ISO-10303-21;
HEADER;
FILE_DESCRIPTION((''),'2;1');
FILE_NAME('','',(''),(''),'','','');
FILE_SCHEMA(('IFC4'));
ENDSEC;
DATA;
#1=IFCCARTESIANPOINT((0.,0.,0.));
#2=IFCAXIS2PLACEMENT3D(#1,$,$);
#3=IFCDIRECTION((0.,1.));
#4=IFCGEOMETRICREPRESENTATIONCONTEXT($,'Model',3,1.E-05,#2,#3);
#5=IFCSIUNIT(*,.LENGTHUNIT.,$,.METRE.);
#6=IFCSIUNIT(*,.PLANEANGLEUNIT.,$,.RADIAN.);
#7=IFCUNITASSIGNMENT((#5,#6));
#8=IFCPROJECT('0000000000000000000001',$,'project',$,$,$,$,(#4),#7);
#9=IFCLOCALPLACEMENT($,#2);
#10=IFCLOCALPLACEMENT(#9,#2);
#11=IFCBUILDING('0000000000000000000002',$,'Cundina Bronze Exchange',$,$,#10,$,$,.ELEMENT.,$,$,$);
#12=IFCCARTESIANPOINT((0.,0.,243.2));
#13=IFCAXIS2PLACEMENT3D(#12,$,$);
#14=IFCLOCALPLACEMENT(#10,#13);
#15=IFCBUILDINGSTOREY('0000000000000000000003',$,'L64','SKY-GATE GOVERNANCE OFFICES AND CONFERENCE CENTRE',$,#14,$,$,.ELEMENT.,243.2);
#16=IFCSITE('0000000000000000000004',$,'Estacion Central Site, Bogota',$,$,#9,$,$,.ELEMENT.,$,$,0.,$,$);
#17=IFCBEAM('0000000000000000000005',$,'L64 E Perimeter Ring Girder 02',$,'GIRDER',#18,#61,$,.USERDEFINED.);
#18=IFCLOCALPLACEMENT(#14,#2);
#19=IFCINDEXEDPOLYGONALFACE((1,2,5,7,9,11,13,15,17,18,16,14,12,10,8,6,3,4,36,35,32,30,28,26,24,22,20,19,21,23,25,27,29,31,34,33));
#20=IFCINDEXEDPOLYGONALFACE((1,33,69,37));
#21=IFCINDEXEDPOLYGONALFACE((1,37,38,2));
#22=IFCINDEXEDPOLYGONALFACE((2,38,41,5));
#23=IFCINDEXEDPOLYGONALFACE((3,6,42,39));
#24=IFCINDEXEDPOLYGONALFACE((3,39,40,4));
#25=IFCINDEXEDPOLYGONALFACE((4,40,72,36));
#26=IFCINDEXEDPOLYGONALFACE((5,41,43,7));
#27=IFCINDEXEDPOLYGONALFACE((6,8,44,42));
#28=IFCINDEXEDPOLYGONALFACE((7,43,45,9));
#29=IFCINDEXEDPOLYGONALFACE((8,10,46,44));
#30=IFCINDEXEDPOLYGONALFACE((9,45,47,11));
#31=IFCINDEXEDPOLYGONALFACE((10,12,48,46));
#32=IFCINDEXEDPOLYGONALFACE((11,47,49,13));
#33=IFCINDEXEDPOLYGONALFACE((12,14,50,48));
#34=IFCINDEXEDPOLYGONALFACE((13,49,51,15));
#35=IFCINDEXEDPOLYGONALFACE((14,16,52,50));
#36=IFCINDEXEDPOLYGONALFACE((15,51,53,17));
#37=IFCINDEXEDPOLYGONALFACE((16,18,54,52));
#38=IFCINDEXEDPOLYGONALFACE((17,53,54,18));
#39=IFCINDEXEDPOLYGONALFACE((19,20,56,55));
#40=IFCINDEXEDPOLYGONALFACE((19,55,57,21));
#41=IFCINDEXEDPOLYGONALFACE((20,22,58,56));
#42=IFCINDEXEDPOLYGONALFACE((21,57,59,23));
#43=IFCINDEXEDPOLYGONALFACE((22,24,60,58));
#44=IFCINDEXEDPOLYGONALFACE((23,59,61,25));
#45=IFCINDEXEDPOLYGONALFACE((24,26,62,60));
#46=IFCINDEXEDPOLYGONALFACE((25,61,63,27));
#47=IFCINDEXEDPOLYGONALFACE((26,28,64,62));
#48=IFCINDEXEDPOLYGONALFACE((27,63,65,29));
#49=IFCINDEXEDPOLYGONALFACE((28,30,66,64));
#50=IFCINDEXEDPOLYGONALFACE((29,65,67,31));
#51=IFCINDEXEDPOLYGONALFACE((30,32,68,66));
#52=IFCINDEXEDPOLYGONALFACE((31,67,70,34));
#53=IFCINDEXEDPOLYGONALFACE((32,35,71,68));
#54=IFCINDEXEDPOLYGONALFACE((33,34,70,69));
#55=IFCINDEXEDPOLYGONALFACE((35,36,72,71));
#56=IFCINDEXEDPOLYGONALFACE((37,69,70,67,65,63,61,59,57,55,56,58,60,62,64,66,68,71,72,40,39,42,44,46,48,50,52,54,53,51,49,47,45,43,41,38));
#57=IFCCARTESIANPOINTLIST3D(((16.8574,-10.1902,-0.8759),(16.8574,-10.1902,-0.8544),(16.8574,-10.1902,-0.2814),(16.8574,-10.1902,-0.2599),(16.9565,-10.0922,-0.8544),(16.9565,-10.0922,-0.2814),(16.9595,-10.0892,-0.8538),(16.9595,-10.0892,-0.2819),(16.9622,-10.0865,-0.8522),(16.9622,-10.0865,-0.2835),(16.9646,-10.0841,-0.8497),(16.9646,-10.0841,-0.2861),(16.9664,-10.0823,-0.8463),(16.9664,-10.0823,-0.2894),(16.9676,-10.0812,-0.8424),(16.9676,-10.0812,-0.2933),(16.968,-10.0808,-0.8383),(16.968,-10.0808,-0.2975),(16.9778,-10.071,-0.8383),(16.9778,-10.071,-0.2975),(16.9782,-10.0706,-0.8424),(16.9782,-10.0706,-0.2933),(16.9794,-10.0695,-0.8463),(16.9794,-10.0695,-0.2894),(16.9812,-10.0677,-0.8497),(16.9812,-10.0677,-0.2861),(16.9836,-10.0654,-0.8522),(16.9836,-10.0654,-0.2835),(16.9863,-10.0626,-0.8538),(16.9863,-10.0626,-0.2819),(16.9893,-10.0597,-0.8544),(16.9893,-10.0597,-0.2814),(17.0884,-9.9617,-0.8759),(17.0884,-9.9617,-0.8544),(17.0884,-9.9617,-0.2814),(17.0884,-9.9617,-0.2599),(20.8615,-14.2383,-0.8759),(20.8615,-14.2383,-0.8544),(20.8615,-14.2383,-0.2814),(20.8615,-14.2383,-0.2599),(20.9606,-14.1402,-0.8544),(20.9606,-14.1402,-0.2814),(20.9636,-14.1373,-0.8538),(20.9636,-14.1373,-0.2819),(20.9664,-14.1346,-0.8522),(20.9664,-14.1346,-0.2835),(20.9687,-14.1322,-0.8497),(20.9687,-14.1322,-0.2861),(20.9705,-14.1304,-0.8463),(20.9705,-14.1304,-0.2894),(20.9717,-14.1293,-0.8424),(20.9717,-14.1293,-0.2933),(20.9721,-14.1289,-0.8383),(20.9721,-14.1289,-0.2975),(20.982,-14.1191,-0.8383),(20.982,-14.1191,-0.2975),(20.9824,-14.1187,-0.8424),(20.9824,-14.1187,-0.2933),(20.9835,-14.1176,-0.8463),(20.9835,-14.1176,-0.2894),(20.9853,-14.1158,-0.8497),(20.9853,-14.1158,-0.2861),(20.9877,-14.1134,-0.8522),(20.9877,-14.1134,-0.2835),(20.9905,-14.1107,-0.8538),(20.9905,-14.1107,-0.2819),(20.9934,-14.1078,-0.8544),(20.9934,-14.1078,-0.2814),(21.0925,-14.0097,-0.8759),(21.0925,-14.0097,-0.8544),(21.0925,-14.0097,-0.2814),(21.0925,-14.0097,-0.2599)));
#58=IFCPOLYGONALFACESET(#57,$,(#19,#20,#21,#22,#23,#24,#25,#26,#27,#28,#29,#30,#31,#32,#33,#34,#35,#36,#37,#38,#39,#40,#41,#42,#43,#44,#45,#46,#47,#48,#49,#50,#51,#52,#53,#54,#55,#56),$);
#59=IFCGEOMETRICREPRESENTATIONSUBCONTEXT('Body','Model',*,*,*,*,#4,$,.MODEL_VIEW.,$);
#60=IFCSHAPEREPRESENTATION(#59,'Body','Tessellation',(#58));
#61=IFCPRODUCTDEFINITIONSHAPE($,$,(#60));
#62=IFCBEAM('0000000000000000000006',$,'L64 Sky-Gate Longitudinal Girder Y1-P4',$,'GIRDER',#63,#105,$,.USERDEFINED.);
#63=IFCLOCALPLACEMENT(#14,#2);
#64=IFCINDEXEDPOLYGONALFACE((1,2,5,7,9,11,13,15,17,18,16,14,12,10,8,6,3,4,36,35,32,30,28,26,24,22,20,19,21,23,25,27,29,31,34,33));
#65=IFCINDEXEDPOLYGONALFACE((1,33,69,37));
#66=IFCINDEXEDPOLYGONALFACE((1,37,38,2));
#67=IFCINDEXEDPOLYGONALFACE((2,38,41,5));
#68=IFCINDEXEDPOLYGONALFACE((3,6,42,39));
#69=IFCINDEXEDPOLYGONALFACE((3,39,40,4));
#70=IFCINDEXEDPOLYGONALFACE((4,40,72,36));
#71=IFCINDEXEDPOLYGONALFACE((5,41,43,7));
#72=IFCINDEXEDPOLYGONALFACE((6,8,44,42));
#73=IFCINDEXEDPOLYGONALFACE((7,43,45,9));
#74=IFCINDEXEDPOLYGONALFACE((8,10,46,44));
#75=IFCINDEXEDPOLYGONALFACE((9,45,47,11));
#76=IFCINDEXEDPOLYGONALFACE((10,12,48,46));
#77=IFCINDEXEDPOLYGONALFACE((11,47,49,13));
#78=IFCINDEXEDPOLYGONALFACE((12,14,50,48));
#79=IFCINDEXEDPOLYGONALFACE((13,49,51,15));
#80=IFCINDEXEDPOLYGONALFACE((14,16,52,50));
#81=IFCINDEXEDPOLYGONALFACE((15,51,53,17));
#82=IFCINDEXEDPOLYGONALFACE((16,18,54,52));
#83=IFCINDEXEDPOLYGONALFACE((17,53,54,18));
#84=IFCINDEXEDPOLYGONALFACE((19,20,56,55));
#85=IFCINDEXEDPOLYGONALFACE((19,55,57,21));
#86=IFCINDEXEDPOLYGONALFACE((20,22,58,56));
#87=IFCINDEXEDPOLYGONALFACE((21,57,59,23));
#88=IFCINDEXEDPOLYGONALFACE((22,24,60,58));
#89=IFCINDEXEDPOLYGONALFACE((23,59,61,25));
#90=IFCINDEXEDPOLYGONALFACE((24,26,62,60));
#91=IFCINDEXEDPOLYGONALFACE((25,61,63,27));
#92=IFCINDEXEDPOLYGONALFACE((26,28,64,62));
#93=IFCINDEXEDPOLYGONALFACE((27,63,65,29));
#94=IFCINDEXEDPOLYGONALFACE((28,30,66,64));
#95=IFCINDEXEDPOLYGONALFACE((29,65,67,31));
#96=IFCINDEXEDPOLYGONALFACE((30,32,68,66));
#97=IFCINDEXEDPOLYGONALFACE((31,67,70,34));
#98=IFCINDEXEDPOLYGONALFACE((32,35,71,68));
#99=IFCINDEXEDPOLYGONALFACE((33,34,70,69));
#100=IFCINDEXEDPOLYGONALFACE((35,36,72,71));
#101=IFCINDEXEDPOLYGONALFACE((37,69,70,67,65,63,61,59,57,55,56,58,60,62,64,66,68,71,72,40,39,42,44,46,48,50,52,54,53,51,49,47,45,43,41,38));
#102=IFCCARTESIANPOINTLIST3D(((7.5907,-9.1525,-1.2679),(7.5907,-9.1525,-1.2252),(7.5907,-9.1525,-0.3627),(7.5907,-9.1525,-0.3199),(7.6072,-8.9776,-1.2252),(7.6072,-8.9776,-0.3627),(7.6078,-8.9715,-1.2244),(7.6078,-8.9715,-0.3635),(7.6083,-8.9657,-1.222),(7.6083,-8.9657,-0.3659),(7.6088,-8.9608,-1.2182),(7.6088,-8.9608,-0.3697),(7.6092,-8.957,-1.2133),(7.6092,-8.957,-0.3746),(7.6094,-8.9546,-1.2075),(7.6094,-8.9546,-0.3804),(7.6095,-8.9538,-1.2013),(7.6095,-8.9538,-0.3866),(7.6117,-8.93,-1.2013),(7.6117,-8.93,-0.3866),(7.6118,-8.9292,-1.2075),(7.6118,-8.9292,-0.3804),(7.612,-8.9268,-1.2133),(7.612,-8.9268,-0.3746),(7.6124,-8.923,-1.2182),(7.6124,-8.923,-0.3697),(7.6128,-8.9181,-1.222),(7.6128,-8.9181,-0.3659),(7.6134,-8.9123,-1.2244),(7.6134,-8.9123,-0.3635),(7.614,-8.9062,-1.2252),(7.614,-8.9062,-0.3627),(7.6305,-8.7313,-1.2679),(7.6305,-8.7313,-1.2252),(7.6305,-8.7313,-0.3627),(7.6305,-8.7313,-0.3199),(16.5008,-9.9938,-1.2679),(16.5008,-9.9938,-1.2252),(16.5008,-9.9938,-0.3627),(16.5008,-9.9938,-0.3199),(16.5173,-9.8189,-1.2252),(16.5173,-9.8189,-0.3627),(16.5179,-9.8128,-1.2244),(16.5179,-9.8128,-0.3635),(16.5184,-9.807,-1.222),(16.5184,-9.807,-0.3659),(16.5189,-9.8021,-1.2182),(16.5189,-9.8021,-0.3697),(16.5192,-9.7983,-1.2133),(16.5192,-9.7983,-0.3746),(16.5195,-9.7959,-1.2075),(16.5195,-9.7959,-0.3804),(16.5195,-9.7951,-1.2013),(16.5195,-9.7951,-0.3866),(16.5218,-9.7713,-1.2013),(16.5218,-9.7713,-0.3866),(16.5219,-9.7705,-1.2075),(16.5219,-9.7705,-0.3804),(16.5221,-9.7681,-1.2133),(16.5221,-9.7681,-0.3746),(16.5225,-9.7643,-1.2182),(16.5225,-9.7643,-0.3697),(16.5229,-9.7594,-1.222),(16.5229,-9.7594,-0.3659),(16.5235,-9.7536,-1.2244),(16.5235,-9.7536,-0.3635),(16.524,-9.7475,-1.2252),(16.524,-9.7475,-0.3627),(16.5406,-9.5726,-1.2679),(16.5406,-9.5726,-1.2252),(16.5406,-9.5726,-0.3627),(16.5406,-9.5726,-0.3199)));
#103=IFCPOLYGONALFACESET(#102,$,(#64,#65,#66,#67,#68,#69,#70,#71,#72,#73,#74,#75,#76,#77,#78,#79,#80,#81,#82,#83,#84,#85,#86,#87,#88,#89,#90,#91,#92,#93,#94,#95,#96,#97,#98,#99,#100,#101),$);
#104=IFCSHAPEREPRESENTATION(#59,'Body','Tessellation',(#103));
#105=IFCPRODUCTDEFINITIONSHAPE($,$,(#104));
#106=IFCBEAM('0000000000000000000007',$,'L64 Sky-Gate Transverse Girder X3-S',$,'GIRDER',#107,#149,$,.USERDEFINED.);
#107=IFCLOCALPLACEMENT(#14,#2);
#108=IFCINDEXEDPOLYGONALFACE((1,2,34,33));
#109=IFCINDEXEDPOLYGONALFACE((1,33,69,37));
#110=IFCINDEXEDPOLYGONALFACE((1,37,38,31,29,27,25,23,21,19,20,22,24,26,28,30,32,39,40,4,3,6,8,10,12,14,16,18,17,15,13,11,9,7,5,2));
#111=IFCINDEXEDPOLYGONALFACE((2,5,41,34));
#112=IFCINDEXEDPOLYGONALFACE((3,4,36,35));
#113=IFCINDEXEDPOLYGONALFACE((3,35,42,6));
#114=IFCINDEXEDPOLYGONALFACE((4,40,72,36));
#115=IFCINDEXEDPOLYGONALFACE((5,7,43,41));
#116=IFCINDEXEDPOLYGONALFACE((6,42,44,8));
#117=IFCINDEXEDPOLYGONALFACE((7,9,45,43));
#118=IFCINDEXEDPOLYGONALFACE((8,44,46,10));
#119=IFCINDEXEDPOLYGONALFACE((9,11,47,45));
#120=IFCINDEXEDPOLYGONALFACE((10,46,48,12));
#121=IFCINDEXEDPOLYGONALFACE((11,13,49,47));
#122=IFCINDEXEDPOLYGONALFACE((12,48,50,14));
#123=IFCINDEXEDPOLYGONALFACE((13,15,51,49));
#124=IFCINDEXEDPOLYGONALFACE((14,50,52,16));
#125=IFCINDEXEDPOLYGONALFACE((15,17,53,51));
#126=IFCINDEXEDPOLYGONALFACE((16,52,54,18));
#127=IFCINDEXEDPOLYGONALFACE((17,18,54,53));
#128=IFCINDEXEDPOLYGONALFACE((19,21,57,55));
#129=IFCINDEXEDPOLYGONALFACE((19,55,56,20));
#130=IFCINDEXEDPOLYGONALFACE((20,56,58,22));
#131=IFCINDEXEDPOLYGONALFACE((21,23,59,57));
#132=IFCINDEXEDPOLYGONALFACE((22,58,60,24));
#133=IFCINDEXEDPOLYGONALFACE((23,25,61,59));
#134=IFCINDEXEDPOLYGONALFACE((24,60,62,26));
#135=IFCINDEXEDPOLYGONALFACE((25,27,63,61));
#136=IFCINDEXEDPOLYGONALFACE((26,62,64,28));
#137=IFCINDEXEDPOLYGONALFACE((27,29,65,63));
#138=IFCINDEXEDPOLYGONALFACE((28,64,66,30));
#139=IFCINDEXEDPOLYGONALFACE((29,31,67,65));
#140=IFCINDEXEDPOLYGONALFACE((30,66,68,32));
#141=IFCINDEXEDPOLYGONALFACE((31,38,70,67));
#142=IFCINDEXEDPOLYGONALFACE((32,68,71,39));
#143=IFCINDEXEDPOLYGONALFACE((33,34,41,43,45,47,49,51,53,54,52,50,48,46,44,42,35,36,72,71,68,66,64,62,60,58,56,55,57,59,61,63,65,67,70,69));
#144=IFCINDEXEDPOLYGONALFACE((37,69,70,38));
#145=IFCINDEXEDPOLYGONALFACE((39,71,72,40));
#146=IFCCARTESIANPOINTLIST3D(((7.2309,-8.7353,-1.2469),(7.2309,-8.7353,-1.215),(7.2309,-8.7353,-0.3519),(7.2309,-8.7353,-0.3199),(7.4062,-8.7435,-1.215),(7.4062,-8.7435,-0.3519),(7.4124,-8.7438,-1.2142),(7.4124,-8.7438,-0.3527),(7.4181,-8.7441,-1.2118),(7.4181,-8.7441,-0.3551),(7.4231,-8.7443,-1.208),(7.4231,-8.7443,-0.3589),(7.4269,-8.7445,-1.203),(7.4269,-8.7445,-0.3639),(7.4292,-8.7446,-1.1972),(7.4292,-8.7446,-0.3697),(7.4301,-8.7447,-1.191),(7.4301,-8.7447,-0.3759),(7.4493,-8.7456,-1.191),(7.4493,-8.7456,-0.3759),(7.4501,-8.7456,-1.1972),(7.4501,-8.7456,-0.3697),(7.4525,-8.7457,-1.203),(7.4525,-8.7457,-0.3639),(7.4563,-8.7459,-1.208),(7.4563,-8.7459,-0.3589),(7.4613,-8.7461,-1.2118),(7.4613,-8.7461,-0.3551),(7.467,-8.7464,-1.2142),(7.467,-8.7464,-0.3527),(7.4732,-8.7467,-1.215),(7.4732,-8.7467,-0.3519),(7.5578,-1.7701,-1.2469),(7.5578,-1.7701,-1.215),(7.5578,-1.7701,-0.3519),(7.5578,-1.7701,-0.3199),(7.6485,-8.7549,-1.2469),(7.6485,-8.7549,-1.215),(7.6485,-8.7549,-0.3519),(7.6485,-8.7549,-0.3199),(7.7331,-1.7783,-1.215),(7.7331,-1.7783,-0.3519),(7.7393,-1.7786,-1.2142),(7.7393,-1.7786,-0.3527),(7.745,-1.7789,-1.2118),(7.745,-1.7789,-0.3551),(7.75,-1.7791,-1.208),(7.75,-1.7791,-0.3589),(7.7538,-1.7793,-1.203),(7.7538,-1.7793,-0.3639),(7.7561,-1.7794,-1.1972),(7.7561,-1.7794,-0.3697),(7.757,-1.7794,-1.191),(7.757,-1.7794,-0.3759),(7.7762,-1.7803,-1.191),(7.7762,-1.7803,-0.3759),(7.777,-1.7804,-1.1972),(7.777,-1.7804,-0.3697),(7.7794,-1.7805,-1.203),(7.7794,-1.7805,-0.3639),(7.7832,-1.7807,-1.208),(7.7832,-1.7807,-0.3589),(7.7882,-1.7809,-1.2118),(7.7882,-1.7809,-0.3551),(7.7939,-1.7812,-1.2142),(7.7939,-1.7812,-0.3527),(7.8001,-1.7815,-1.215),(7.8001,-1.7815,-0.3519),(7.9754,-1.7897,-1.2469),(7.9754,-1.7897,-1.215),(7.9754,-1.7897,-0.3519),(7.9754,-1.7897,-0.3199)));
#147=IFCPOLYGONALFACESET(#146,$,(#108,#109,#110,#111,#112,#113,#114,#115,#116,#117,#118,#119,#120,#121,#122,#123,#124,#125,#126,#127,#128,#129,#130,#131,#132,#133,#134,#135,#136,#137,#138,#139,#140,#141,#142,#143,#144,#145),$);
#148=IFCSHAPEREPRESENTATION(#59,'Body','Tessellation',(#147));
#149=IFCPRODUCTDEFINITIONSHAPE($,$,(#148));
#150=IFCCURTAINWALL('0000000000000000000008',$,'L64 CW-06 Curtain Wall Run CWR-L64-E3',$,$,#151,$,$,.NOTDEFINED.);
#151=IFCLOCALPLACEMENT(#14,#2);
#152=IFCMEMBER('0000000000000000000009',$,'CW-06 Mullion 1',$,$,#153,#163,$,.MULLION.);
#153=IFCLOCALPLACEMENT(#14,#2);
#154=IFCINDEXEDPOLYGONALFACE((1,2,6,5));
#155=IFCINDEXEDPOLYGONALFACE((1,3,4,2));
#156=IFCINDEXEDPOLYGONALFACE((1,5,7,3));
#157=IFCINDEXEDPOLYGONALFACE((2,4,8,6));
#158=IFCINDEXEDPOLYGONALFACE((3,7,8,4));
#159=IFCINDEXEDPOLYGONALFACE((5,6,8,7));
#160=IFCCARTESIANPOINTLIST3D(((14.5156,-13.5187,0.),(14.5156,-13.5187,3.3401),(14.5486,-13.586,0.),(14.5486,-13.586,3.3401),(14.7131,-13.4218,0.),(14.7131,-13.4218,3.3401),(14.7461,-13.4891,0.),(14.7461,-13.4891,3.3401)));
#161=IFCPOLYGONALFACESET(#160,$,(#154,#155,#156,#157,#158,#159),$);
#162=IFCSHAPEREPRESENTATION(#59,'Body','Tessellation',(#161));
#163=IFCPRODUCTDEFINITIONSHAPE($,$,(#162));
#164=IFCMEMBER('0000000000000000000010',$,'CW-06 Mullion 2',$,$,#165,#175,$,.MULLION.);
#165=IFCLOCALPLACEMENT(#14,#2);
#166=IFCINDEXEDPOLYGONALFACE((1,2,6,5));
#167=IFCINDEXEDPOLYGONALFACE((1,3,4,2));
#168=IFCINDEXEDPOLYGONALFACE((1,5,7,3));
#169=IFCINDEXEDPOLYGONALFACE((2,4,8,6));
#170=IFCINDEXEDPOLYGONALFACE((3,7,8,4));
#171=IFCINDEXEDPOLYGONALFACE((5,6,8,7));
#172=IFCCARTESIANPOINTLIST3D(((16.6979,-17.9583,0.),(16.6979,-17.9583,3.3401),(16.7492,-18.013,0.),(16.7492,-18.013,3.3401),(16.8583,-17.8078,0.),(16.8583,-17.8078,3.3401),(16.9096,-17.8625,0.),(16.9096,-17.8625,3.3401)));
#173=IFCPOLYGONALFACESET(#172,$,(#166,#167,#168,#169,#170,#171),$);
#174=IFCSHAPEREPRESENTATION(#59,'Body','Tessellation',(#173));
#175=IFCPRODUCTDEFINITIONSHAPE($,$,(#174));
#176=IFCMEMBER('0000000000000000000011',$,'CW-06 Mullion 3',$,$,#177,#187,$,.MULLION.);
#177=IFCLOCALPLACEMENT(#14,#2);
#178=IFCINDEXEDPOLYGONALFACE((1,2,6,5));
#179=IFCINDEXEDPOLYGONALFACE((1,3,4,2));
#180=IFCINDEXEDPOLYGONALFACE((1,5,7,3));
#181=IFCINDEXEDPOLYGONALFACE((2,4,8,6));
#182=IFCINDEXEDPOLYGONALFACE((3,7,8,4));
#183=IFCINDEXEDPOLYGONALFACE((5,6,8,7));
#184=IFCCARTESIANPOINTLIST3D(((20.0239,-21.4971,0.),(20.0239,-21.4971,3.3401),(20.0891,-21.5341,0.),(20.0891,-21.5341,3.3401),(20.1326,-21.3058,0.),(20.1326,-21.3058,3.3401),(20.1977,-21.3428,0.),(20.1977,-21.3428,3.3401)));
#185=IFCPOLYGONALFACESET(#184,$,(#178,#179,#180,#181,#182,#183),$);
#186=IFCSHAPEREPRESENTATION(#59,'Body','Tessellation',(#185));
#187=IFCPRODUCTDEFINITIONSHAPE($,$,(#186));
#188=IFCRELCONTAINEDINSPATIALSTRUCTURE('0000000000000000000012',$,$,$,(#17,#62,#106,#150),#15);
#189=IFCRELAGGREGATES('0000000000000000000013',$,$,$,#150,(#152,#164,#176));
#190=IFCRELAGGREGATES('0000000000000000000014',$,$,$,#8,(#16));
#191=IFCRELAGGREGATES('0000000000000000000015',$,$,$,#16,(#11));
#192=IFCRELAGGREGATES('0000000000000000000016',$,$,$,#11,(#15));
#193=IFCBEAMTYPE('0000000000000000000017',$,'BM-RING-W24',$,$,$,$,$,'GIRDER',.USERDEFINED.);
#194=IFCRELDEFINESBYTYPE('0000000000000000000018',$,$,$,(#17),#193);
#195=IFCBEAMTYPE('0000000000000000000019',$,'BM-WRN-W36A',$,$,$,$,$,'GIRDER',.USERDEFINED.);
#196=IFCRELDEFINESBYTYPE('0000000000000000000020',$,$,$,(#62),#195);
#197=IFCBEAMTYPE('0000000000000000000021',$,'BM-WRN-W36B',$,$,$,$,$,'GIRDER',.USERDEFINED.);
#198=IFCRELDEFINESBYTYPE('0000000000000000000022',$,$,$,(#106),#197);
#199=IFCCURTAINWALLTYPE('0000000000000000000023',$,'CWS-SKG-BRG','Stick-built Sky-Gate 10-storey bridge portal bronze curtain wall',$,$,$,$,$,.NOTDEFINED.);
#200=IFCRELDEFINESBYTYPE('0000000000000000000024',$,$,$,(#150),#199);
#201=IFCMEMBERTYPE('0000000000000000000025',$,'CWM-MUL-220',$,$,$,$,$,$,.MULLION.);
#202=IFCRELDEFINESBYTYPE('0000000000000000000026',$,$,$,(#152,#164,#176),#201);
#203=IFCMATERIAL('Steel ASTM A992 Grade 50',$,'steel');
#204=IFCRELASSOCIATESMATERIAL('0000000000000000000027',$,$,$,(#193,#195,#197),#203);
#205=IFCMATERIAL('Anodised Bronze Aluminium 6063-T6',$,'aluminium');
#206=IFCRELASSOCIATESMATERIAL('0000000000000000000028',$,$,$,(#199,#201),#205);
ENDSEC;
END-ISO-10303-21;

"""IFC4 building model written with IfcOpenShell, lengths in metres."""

from ifc_helpers import new_model, si_unit, direction, frame, origin, origin_2d, place, context, subcontext, project, spatial, rectangle, i_section, extrude, material, material_profile, profile_set, type_object, element, aggregate, save


model = new_model("IFC4")

# Units and contexts
model_context = context("Model", 3, precision=1e-05, world=origin(), true_north=direction((0.0, 1.0)))
body_context = subcontext(model_context, "Body", "Model", "MODEL_VIEW")
ifc_project = project(units=[si_unit("LENGTHUNIT", "METRE"), si_unit("PLANEANGLEUNIT", "RADIAN")], contexts=[model_context])

# Site, building, storey
site_placement = place(None, origin())
site = spatial("IfcSite", under=ifc_project, at=site_placement, Name="Estacion Central Site, Bogota", CompositionType="ELEMENT", RefElevation=0.0)
building_placement = place(site_placement, origin())
building = spatial("IfcBuilding", under=site, at=building_placement, Name="Cundina Bronze Exchange", CompositionType="ELEMENT")
storey_placement = place(building_placement, frame((0.0, 0.0, 243.2)))
storey = spatial("IfcBuildingStorey", under=building, at=storey_placement, Name="L64", Description="SKY-GATE GOVERNANCE OFFICES AND CONFERENCE CENTRE", CompositionType="ELEMENT", Elevation=243.2)

# Beams
ifc_material_1 = material(Name="Steel ASTM A992 Grade 50", Category="steel")
ifc_material_profile_1 = material_profile(ifc_material_1, i_section(OverallWidth=0.325, OverallDepth=0.616, WebThickness=0.0139, FlangeThickness=0.0215, FilletRadius=0.0161, at=origin_2d()), Name="W24X117", Category="steel")
ifc_profile_set_1 = profile_set([ifc_material_profile_1], Name="Steel ASTM A992 Grade 50")
beam_type_1 = type_object("IfcBeamType", Name="BM-RING-W24", ElementType="GIRDER", PredefinedType="USERDEFINED", material=ifc_profile_set_1)
beam_1_placement = place(storey_placement, frame((16.9729, -10.0759, -0.5679), z_axis=(0.703237, -0.710955, 0.0), x_axis=(0.710955, 0.703237, 0.0)))
element("IfcBeam", 1, at=beam_1_placement, inside=storey, type_object=beam_type_1, Name="L64 E Perimeter Ring Girder 02", ObjectType="GIRDER", PredefinedType="USERDEFINED", context=body_context, shape_type="SweptSolid", body=[
    extrude(i_section(OverallWidth=0.325, OverallDepth=0.616, WebThickness=0.0139, FlangeThickness=0.0215, FilletRadius=0.0161, at=origin_2d()), origin(), (0.0, 0.0, 1.0), 5.6938),
])
ifc_material_profile_2 = material_profile(ifc_material_1, i_section(OverallWidth=0.4231, OverallDepth=0.948, WebThickness=0.0239, FlangeThickness=0.0427, FilletRadius=0.0239, at=origin_2d()), Name="W36X302", Category="steel")
ifc_profile_set_2 = profile_set([ifc_material_profile_2], Name="Steel ASTM A992 Grade 50")
beam_type_2 = type_object("IfcBeamType", Name="BM-WRN-W36A", ElementType="GIRDER", PredefinedType="USERDEFINED", material=ifc_profile_set_2)
beam_2_placement = place(storey_placement, frame((7.6106, -8.9419, -0.7939), z_axis=(0.995572, -0.094003, 0.0), x_axis=(0.094003, 0.995572, 0.0)))
element("IfcBeam", 2, at=beam_2_placement, inside=storey, type_object=beam_type_2, Name="L64 Sky-Gate Longitudinal Girder Y1-P4", ObjectType="GIRDER", PredefinedType="USERDEFINED", context=body_context, shape_type="SweptSolid", body=[
    extrude(i_section(OverallWidth=0.4231, OverallDepth=0.948, WebThickness=0.0239, FlangeThickness=0.0427, FilletRadius=0.0239, at=origin_2d()), origin(), (0.0, 0.0, 1.0), 8.9497),
])
ifc_material_profile_3 = material_profile(ifc_material_1, i_section(OverallWidth=0.418, OverallDepth=0.927, WebThickness=0.0193, FlangeThickness=0.032, FilletRadius=0.0239, at=origin_2d()), Name="W36X231", Category="steel")
ifc_profile_set_3 = profile_set([ifc_material_profile_3], Name="Steel ASTM A992 Grade 50")
beam_type_3 = type_object("IfcBeamType", Name="BM-WRN-W36B", ElementType="GIRDER", PredefinedType="USERDEFINED", material=ifc_profile_set_3)
beam_3_placement = place(storey_placement, frame((7.4397, -8.7451, -0.7834), z_axis=(0.046881, 0.9989, 0.0), x_axis=(-0.9989, 0.046881, 0.0)))
element("IfcBeam", 3, at=beam_3_placement, inside=storey, type_object=beam_type_3, Name="L64 Sky-Gate Transverse Girder X3-S", ObjectType="GIRDER", PredefinedType="USERDEFINED", context=body_context, shape_type="SweptSolid", body=[
    extrude(i_section(OverallWidth=0.418, OverallDepth=0.927, WebThickness=0.0193, FlangeThickness=0.032, FilletRadius=0.0239, at=origin_2d()), origin(), (0.0, 0.0, 1.0), 6.9729),
])

# Curtain wall, members
ifc_material_2 = material(Name="Anodised Bronze Aluminium 6063-T6", Category="aluminium")
curtain_wall_type = type_object("IfcCurtainWallType", Name="CWS-SKG-BRG", Description="Stick-built Sky-Gate 10-storey bridge portal bronze curtain wall", PredefinedType="NOTDEFINED", material=ifc_material_2)
curtain_wall_1_placement = place(storey_placement, origin())
curtain_wall_1 = element("IfcCurtainWall", 4, at=curtain_wall_1_placement, inside=storey, type_object=curtain_wall_type, Name="L64 CW-06 Curtain Wall Run CWR-L64-E3", PredefinedType="NOTDEFINED")
ifc_material_profile_4 = material_profile(ifc_material_2, rectangle(XDim=0.075, YDim=0.22, at=origin_2d()), Name="AL75X220", Category="aluminium")
ifc_profile_set_4 = profile_set([ifc_material_profile_4], Name="Anodised Bronze Aluminium 6063-T6")
member_type_1 = type_object("IfcMemberType", Name="CWM-MUL-220", PredefinedType="MULLION", material=ifc_profile_set_4)
member_1_placement = place(storey_placement, frame((14.6309, -13.5039, 0.0), z_axis=(0.0, 0.0, 1.0), x_axis=(0.440566, -0.89772, 0.0)))
member_1 = element("IfcMember", 5, at=member_1_placement, type_object=member_type_1, Name="CW-06 Mullion 1", PredefinedType="MULLION", context=body_context, shape_type="SweptSolid", body=[
    extrude(rectangle(XDim=0.075, YDim=0.22, at=origin_2d()), origin(), (0.0, 0.0, 1.0), 3.3401),
])
member_2_placement = place(storey_placement, frame((16.8037, -17.9104, 0.0), z_axis=(0.0, 0.0, 1.0), x_axis=(0.684293, -0.729208, 0.0)))
member_2 = element("IfcMember", 6, at=member_2_placement, type_object=member_type_1, Name="CW-06 Mullion 2", PredefinedType="MULLION", context=body_context, shape_type="SweptSolid", body=[
    extrude(rectangle(XDim=0.075, YDim=0.22, at=origin_2d()), origin(), (0.0, 0.0, 1.0), 3.3401),
])
member_3_placement = place(storey_placement, frame((20.1108, -21.4199, 0.0), z_axis=(0.0, 0.0, 1.0), x_axis=(0.869581, -0.49379, 0.0)))
member_3 = element("IfcMember", 7, at=member_3_placement, type_object=member_type_1, Name="CW-06 Mullion 3", PredefinedType="MULLION", context=body_context, shape_type="SweptSolid", body=[
    extrude(rectangle(XDim=0.075, YDim=0.22, at=origin_2d()), origin(), (0.0, 0.0, 1.0), 3.3401),
])

aggregate(curtain_wall_1, [member_1, member_2, member_3])

save(model, "model.ifc")
